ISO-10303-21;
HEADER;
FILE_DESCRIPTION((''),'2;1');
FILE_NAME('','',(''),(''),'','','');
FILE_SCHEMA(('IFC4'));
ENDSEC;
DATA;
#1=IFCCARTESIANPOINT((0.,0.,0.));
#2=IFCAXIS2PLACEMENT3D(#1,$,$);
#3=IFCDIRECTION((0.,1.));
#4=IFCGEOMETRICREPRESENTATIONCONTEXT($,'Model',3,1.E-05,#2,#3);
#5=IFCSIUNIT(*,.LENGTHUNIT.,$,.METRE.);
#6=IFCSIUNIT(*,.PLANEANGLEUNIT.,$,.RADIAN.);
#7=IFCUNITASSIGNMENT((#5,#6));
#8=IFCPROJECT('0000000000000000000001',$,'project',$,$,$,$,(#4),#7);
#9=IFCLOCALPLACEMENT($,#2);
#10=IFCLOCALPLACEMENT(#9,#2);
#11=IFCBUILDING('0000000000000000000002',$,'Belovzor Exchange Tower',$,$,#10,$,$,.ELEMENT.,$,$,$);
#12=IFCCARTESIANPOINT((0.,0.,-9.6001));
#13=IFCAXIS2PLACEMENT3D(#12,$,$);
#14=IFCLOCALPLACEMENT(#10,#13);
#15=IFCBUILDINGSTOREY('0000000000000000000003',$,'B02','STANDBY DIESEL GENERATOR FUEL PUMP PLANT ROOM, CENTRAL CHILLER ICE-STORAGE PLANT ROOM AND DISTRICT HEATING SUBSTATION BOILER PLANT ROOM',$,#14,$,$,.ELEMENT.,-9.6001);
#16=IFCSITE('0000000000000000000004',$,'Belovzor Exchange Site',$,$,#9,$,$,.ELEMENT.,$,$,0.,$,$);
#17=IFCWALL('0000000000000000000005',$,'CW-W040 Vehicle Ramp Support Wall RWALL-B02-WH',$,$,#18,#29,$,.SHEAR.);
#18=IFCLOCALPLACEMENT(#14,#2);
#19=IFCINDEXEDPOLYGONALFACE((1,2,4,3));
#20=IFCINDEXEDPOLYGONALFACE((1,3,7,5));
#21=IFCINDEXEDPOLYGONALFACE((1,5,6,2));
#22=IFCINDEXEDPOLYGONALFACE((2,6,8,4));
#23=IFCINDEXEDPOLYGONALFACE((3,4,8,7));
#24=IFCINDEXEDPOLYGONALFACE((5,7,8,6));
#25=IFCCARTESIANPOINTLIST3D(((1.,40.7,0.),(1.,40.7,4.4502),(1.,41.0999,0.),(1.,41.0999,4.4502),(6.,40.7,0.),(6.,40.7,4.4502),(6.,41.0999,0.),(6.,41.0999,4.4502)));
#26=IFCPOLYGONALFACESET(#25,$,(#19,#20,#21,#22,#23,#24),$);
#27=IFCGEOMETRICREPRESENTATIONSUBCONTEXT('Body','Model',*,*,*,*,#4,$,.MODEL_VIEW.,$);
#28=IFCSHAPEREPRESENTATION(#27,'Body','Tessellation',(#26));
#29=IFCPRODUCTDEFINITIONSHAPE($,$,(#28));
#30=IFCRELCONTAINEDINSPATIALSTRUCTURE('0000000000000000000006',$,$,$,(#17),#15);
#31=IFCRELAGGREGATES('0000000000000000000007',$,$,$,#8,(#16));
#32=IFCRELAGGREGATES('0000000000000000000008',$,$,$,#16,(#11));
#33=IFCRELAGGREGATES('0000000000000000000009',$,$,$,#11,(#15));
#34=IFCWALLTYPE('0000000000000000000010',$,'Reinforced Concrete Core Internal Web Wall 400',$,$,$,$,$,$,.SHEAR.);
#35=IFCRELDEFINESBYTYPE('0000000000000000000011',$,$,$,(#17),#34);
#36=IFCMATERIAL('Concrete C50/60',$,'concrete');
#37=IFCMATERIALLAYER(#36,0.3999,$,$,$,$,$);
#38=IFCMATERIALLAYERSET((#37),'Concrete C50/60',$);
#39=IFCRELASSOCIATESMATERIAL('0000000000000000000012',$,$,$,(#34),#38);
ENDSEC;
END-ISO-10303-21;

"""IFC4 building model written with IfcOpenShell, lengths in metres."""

from ifc_helpers import new_model, si_unit, direction, frame, frame_2d, origin, place, context, subcontext, project, spatial, rectangle, extrude, material, layer, layer_set, type_object, element, save


model = new_model("IFC4")

# Units and contexts
model_context = context("Model", 3, precision=1e-05, world=origin(), true_north=direction((0.0, 1.0)))
body_context = subcontext(model_context, "Body", "Model", "MODEL_VIEW")
ifc_project = project(units=[si_unit("LENGTHUNIT", "METRE"), si_unit("PLANEANGLEUNIT", "RADIAN")], contexts=[model_context])

# Site, building, storey
site_placement = place(None, origin())
site = spatial("IfcSite", under=ifc_project, at=site_placement, Name="Belovzor Exchange Site", CompositionType="ELEMENT", RefElevation=0.0)
building_placement = place(site_placement, origin())
building = spatial("IfcBuilding", under=site, at=building_placement, Name="Belovzor Exchange Tower", CompositionType="ELEMENT")
storey_placement = place(building_placement, frame((0.0, 0.0, -9.6001)))
storey = spatial("IfcBuildingStorey", under=building, at=storey_placement, Name="B02", Description="STANDBY DIESEL GENERATOR FUEL PUMP PLANT ROOM, CENTRAL CHILLER ICE-STORAGE PLANT ROOM AND DISTRICT HEATING SUBSTATION BOILER PLANT ROOM", CompositionType="ELEMENT", Elevation=-9.6001)

# Wall
ifc_material_1 = material(Name="Concrete C50/60", Category="concrete")
ifc_layer_1 = layer(ifc_material_1, 0.3999)
ifc_layer_set_1 = layer_set([ifc_layer_1], Name="Concrete C50/60")
wall_type_1 = type_object("IfcWallType", Name="Reinforced Concrete Core Internal Web Wall 400", PredefinedType="SHEAR", material=ifc_layer_set_1)
wall_1_placement = place(storey_placement, frame((1.0, 40.8999, 0.0), z_axis=(0.0, 0.0, 1.0), x_axis=(1.0, 0.0, 0.0)))
element("IfcWall", 1, at=wall_1_placement, inside=storey, type_object=wall_type_1, Name="CW-W040 Vehicle Ramp Support Wall RWALL-B02-WH", PredefinedType="SHEAR", context=body_context, shape_type="SweptSolid", body=[
    extrude(rectangle(XDim=5.0, YDim=0.3999, at=frame_2d((2.5, 0.0))), origin(), (0.0, 0.0, 1.0), 4.4502),
])

save(model, "model.ifc")
